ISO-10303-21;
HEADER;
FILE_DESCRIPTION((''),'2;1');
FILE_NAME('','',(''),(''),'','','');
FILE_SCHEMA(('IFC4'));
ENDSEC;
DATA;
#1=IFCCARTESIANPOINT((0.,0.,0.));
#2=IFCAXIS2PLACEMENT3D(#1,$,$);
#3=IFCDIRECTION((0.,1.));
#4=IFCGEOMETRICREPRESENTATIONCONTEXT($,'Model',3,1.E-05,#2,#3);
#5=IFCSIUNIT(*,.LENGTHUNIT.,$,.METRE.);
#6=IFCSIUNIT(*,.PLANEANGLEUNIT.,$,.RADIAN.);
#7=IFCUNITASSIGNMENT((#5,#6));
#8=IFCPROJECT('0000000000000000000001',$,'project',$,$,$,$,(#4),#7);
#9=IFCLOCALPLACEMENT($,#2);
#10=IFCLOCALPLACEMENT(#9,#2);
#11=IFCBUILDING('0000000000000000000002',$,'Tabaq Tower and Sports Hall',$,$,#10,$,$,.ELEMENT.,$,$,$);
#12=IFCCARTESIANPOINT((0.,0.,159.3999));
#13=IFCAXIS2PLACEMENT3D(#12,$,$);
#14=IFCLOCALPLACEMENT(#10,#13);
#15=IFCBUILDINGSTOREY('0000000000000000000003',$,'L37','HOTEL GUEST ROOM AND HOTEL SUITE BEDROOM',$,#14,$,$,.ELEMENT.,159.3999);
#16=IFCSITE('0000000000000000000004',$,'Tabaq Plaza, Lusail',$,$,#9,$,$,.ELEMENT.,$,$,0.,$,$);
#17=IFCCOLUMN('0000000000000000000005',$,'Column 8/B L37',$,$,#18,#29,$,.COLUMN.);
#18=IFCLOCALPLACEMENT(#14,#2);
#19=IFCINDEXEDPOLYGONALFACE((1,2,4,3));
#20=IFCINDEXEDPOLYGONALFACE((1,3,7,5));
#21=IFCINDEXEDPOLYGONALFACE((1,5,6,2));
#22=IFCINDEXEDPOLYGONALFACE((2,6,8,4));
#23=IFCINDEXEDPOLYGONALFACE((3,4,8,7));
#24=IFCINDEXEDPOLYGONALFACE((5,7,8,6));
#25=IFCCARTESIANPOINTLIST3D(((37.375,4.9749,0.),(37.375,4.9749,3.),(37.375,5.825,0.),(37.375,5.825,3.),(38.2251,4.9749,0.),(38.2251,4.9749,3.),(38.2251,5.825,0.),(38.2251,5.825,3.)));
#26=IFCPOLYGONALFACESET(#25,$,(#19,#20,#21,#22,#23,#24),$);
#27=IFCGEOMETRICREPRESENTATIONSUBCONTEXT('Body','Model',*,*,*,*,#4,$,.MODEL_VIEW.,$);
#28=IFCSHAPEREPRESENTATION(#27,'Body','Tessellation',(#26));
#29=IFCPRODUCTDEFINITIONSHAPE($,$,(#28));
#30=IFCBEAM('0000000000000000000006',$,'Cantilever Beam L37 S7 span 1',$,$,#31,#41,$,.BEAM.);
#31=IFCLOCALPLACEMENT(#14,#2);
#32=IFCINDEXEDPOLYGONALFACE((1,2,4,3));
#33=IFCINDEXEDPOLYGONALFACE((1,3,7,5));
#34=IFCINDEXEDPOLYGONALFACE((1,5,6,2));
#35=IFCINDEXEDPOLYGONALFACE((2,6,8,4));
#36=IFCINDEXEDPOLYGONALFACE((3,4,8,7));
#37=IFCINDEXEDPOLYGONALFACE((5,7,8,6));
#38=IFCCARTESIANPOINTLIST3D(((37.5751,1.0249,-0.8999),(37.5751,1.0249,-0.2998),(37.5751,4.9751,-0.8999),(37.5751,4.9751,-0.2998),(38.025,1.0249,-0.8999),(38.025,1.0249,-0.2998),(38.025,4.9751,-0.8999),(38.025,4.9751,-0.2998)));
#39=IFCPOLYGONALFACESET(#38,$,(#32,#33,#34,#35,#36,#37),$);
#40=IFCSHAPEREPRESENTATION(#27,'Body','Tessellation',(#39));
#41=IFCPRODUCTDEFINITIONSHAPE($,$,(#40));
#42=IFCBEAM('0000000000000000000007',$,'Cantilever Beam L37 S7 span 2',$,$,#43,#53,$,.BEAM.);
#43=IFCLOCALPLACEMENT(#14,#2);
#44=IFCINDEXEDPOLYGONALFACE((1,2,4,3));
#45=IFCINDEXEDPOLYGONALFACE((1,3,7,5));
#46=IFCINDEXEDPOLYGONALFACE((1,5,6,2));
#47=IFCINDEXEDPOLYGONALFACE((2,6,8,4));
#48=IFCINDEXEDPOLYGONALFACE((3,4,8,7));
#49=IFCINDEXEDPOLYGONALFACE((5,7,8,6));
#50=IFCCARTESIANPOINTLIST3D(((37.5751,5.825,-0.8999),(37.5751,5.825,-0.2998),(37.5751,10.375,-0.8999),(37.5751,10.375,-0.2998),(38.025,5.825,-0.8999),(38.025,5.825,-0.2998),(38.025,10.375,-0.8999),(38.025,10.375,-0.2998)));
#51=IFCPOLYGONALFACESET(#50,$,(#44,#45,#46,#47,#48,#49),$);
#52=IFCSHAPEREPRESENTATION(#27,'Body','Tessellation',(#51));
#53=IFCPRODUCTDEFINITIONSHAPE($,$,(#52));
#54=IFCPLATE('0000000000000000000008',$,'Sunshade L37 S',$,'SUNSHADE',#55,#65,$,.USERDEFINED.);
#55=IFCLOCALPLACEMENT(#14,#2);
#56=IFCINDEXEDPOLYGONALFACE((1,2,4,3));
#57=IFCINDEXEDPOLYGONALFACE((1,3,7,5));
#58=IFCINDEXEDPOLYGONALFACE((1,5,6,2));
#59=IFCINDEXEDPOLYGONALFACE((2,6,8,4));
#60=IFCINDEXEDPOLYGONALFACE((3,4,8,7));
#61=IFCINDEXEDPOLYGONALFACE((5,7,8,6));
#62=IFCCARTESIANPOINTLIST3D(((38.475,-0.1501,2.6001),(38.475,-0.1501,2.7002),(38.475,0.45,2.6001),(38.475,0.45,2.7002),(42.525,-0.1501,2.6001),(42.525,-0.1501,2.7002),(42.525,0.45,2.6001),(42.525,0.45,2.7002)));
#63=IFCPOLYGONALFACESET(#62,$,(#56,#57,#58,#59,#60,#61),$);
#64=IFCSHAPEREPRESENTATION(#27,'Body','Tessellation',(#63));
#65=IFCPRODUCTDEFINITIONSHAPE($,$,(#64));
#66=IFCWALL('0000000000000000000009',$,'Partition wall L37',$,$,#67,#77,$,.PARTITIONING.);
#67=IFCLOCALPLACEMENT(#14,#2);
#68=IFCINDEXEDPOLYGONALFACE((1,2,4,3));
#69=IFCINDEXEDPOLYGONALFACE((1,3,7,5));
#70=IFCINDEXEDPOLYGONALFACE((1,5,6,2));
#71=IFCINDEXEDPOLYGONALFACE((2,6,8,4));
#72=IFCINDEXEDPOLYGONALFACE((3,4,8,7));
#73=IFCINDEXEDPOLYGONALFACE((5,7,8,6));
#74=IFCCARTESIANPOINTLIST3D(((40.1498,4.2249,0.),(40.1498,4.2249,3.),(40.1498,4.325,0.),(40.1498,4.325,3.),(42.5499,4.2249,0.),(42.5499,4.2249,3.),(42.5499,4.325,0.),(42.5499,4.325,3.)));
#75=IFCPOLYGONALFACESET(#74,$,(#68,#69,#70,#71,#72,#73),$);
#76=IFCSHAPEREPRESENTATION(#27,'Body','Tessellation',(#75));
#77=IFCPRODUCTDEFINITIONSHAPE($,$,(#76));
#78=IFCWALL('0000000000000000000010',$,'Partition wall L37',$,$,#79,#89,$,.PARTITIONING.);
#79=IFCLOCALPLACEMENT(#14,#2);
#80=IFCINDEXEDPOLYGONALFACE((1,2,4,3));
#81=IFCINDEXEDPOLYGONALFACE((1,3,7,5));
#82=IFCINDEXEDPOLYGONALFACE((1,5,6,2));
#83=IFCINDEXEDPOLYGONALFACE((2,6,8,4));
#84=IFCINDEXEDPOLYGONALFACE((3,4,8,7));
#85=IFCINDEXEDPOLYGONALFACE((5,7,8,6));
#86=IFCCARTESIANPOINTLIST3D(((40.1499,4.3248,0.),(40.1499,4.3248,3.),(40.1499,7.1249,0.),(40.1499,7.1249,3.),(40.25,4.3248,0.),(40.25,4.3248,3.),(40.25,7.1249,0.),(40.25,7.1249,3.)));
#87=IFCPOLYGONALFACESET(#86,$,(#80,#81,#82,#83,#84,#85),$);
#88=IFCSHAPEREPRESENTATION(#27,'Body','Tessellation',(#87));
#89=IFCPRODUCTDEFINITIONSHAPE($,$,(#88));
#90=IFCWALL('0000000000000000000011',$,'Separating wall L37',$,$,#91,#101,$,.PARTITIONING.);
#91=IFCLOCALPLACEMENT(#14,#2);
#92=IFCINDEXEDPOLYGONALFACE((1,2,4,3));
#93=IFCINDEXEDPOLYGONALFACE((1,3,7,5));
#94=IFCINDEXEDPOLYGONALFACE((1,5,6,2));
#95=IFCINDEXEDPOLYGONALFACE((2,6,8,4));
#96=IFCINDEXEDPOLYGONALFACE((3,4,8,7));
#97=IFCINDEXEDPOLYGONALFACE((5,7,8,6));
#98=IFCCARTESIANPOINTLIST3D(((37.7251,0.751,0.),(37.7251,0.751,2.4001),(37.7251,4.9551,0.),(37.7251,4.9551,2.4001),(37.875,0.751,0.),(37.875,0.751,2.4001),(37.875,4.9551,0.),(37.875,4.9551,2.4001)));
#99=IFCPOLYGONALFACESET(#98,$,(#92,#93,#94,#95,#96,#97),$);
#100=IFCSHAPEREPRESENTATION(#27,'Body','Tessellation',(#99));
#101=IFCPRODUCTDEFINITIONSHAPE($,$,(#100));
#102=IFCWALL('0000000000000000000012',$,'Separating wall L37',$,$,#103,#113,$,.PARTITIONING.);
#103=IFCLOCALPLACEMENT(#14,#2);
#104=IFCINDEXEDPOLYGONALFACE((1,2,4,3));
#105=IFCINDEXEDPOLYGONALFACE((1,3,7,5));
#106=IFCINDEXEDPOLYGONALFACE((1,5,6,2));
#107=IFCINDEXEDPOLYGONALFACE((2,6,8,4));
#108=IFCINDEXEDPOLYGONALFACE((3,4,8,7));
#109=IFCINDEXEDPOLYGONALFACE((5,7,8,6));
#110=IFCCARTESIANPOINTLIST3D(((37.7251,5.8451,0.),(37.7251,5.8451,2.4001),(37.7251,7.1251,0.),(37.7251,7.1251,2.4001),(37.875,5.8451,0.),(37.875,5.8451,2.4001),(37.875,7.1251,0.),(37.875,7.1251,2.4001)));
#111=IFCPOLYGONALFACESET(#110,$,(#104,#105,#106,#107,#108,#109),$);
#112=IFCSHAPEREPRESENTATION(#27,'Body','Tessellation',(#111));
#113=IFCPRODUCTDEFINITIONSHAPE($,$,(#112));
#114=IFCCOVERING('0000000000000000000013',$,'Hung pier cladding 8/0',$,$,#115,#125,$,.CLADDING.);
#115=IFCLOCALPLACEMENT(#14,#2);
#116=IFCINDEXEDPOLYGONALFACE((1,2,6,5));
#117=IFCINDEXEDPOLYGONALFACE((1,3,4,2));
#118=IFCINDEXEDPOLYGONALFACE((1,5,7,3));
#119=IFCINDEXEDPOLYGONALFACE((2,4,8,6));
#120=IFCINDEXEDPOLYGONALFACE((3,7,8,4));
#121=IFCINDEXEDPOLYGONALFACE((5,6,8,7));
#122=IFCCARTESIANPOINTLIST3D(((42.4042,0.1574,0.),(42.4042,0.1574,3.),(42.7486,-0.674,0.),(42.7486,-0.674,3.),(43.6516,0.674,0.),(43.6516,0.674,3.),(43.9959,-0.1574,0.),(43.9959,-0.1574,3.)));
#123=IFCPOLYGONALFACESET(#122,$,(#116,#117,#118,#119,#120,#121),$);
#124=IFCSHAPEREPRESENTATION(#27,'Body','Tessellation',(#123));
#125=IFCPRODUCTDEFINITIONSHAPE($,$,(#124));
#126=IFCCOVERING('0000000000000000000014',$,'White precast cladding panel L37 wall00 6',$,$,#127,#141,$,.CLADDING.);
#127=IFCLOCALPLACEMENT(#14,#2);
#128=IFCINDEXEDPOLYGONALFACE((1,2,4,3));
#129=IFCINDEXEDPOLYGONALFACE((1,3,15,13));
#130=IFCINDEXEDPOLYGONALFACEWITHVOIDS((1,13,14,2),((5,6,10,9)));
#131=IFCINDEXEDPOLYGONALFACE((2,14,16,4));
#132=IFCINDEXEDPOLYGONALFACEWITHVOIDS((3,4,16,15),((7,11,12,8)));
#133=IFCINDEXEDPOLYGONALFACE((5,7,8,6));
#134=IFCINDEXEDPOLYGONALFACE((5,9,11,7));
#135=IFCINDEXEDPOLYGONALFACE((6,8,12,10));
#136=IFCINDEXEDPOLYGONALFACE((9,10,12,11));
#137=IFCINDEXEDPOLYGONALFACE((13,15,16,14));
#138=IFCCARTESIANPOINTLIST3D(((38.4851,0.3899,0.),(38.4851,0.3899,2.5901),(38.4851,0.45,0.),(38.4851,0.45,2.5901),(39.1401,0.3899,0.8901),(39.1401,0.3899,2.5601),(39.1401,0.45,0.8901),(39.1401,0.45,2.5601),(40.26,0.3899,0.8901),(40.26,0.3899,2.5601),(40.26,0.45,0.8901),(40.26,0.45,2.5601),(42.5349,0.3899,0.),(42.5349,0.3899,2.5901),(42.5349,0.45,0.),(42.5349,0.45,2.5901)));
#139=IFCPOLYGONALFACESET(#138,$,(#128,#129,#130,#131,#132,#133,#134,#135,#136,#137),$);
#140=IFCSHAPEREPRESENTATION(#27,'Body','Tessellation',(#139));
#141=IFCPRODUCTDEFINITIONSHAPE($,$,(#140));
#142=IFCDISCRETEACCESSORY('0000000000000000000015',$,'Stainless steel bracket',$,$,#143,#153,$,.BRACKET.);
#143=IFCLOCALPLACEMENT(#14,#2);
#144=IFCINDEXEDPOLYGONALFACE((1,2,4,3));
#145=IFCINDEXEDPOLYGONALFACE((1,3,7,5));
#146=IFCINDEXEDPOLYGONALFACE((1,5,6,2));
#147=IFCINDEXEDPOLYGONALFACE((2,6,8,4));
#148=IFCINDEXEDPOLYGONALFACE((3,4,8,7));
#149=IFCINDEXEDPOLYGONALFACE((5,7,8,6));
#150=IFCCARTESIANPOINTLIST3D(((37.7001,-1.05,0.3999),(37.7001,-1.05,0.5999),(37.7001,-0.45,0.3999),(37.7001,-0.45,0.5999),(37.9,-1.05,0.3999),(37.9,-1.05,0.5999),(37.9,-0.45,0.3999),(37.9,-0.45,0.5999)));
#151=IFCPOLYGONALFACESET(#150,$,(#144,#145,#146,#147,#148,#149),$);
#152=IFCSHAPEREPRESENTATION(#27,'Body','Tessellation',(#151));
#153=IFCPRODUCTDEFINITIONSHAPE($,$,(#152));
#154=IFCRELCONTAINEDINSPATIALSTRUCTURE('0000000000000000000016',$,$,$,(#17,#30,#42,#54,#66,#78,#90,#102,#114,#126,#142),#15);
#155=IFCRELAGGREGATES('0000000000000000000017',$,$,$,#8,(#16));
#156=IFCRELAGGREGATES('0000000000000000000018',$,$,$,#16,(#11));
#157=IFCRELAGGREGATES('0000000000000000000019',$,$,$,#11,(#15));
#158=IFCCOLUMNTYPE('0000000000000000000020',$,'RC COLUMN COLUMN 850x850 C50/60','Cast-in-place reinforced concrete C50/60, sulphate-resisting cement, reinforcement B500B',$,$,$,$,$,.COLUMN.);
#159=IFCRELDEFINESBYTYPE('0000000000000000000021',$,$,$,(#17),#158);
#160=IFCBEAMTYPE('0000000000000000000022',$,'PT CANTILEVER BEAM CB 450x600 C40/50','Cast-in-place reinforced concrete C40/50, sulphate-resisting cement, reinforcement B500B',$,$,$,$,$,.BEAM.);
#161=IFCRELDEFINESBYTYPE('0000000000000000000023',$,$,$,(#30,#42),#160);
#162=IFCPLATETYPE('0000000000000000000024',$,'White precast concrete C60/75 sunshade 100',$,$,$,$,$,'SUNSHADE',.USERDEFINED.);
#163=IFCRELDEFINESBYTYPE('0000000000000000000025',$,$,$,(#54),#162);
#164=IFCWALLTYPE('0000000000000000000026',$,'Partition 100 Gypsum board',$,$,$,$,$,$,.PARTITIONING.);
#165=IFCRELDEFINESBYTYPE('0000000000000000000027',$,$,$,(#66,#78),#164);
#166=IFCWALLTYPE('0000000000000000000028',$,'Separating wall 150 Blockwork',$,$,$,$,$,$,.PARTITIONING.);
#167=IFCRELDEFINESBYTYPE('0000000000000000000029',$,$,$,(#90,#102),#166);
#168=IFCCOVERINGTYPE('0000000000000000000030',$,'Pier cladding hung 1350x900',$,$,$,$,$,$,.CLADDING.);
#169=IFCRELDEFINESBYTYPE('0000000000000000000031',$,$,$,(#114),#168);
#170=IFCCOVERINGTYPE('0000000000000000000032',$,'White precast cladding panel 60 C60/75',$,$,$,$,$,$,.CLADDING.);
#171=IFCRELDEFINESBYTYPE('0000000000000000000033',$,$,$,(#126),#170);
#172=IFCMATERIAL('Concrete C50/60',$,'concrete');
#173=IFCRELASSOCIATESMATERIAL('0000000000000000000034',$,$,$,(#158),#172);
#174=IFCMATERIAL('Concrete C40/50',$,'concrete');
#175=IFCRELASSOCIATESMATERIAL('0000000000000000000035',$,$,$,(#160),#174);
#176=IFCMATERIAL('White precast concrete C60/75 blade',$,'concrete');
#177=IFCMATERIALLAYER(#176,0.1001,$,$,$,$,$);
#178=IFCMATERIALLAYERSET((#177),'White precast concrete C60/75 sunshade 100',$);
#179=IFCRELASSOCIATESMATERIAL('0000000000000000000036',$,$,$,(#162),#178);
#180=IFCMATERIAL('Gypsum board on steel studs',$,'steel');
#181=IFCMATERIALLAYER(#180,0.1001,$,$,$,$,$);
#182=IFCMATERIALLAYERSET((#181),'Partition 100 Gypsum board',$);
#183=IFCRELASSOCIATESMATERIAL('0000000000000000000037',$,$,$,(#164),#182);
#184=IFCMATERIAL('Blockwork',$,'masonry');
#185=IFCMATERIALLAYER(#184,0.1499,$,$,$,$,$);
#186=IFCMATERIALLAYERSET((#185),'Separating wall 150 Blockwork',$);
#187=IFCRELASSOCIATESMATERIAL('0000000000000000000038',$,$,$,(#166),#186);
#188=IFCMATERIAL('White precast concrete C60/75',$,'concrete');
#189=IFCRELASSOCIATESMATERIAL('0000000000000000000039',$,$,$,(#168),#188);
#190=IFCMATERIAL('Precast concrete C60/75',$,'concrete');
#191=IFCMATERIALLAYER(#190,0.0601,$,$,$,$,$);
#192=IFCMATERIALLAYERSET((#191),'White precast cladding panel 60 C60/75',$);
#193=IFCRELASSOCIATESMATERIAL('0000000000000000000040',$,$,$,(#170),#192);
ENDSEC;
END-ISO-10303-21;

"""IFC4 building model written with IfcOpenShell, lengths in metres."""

from ifc_helpers import new_model, si_unit, direction, frame, frame_2d, origin, origin_2d, place, context, subcontext, project, spatial, polyline, rectangle, outline, extrude, material, layer, layer_set, material_profile, profile_set, type_object, element, save


model = new_model("IFC4")

# Units and contexts
model_context = context("Model", 3, precision=1e-05, world=origin(), true_north=direction((0.0, 1.0)))
body_context = subcontext(model_context, "Body", "Model", "MODEL_VIEW")
ifc_project = project(units=[si_unit("LENGTHUNIT", "METRE"), si_unit("PLANEANGLEUNIT", "RADIAN")], contexts=[model_context])

# Site, building, storey
site_placement = place(None, origin())
site = spatial("IfcSite", under=ifc_project, at=site_placement, Name="Tabaq Plaza, Lusail", CompositionType="ELEMENT", RefElevation=0.0)
building_placement = place(site_placement, origin())
building = spatial("IfcBuilding", under=site, at=building_placement, Name="Tabaq Tower and Sports Hall", CompositionType="ELEMENT")
storey_placement = place(building_placement, frame((0.0, 0.0, 159.3999)))
storey = spatial("IfcBuildingStorey", under=building, at=storey_placement, Name="L37", Description="HOTEL GUEST ROOM AND HOTEL SUITE BEDROOM", CompositionType="ELEMENT", Elevation=159.3999)

# Column
ifc_material_1 = material(Name="Concrete C50/60", Category="concrete")
ifc_material_profile_1 = material_profile(ifc_material_1, rectangle(XDim=0.8501, YDim=0.8501, at=origin_2d()), Name="COLUMN 850x850")
ifc_profile_set_1 = profile_set([ifc_material_profile_1], Name="Concrete C50/60")
column_type = type_object("IfcColumnType", Name="RC COLUMN COLUMN 850x850 C50/60", Description="Cast-in-place reinforced concrete C50/60, sulphate-resisting cement, reinforcement B500B", PredefinedType="COLUMN", material=ifc_profile_set_1)
column_placement = place(storey_placement, frame((37.8, 5.3999, 0.0), z_axis=(0.0, 0.0, 1.0), x_axis=(1.0, 0.0, 0.0)))
element("IfcColumn", 1, at=column_placement, inside=storey, type_object=column_type, Name="Column 8/B L37", PredefinedType="COLUMN", context=body_context, shape_type="SweptSolid", body=[
    extrude(rectangle(XDim=0.8501, YDim=0.8501, at=origin_2d()), origin(), (0.0, 0.0, 1.0), 3.0),
])

# Beams
ifc_material_2 = material(Name="Concrete C40/50", Category="concrete")
ifc_material_profile_2 = material_profile(ifc_material_2, rectangle(XDim=0.45, YDim=0.6001, at=origin_2d()), Name="CB 450x600")
ifc_profile_set_2 = profile_set([ifc_material_profile_2], Name="Concrete C40/50")
beam_type = type_object("IfcBeamType", Name="PT CANTILEVER BEAM CB 450x600 C40/50", Description="Cast-in-place reinforced concrete C40/50, sulphate-resisting cement, reinforcement B500B", PredefinedType="BEAM", material=ifc_profile_set_2)
beam_1_placement = place(storey_placement, frame((37.8, 1.0249, -0.5999), z_axis=(0.0, 1.0, 0.0), x_axis=(-1.0, 0.0, 0.0)))
element("IfcBeam", 2, at=beam_1_placement, inside=storey, type_object=beam_type, Name="Cantilever Beam L37 S7 span 1", PredefinedType="BEAM", context=body_context, shape_type="SweptSolid", body=[
    extrude(rectangle(XDim=0.45, YDim=0.6001, at=origin_2d()), origin(), (0.0, 0.0, 1.0), 3.9502),
])
beam_2_placement = place(storey_placement, frame((37.8, 5.825, -0.5999), z_axis=(0.0, 1.0, 0.0), x_axis=(-1.0, 0.0, 0.0)))
element("IfcBeam", 3, at=beam_2_placement, inside=storey, type_object=beam_type, Name="Cantilever Beam L37 S7 span 2", PredefinedType="BEAM", context=body_context, shape_type="SweptSolid", body=[
    extrude(rectangle(XDim=0.45, YDim=0.6001, at=origin_2d()), origin(), (0.0, 0.0, 1.0), 4.55),
])

# Plate
ifc_material_3 = material(Name="White precast concrete C60/75 blade", Category="concrete")
ifc_layer_1 = layer(ifc_material_3, 0.1001)
ifc_layer_set_1 = layer_set([ifc_layer_1], Name="White precast concrete C60/75 sunshade 100")
plate_type = type_object("IfcPlateType", Name="White precast concrete C60/75 sunshade 100", ElementType="SUNSHADE", PredefinedType="USERDEFINED", material=ifc_layer_set_1)
plate_placement = place(storey_placement, frame((40.5, 0.1499, 2.6001), z_axis=(0.0, 0.0, 1.0), x_axis=(1.0, 0.0, 0.0)))
element("IfcPlate", 4, at=plate_placement, inside=storey, type_object=plate_type, Name="Sunshade L37 S", ObjectType="SUNSHADE", PredefinedType="USERDEFINED", context=body_context, shape_type="SweptSolid", body=[
    extrude(rectangle(XDim=4.05, YDim=0.6001, at=origin_2d()), origin(), (0.0, 0.0, 1.0), 0.1001),
])

# Walls
ifc_material_4 = material(Name="Gypsum board on steel studs", Category="steel")
ifc_layer_2 = layer(ifc_material_4, 0.1001)
ifc_layer_set_2 = layer_set([ifc_layer_2], Name="Partition 100 Gypsum board")
wall_type_1 = type_object("IfcWallType", Name="Partition 100 Gypsum board", PredefinedType="PARTITIONING", material=ifc_layer_set_2)
wall_1_placement = place(storey_placement, frame((42.55, 4.2749, 0.0), z_axis=(0.0, 0.0, 1.0), x_axis=(-1.0, 0.0, 0.0)))
element("IfcWall", 5, at=wall_1_placement, inside=storey, type_object=wall_type_1, Name="Partition wall L37", PredefinedType="PARTITIONING", context=body_context, shape_type="SweptSolid", body=[
    extrude(rectangle(XDim=2.4001, YDim=0.1001, at=frame_2d((1.2002, 0.0))), origin(), (0.0, 0.0, 1.0), 3.0),
])
wall_2_placement = place(storey_placement, frame((40.2, 4.325, 0.0), z_axis=(0.0, 0.0, 1.0), x_axis=(0.0, 1.0, 0.0)))
element("IfcWall", 6, at=wall_2_placement, inside=storey, type_object=wall_type_1, Name="Partition wall L37", PredefinedType="PARTITIONING", context=body_context, shape_type="SweptSolid", body=[
    extrude(rectangle(XDim=2.8, YDim=0.1001, at=frame_2d((1.3999, 0.0))), origin(), (0.0, 0.0, 1.0), 3.0),
])
ifc_material_5 = material(Name="Blockwork", Category="masonry")
ifc_layer_3 = layer(ifc_material_5, 0.1499)
ifc_layer_set_3 = layer_set([ifc_layer_3], Name="Separating wall 150 Blockwork")
wall_type_2 = type_object("IfcWallType", Name="Separating wall 150 Blockwork", PredefinedType="PARTITIONING", material=ifc_layer_set_3)
wall_3_placement = place(storey_placement, frame((37.8, 0.751, 0.0), z_axis=(0.0, 0.0, 1.0), x_axis=(0.0, 1.0, 0.0)))
element("IfcWall", 7, at=wall_3_placement, inside=storey, type_object=wall_type_2, Name="Separating wall L37", PredefinedType="PARTITIONING", context=body_context, shape_type="SweptSolid", body=[
    extrude(rectangle(XDim=4.2041, YDim=0.1499, at=frame_2d((2.1021, 0.0))), origin(), (0.0, 0.0, 1.0), 2.4001),
])
wall_4_placement = place(storey_placement, frame((37.8, 5.845, 0.0), z_axis=(0.0, 0.0, 1.0), x_axis=(0.0, 1.0, 0.0)))
element("IfcWall", 8, at=wall_4_placement, inside=storey, type_object=wall_type_2, Name="Separating wall L37", PredefinedType="PARTITIONING", context=body_context, shape_type="SweptSolid", body=[
    extrude(rectangle(XDim=1.28, YDim=0.1499, at=frame_2d((0.6401, 0.0))), origin(), (0.0, 0.0, 1.0), 2.4001),
])

# Coverings
ifc_material_6 = material(Name="White precast concrete C60/75", Category="concrete")
covering_type_1 = type_object("IfcCoveringType", Name="Pier cladding hung 1350x900", PredefinedType="CLADDING", material=ifc_material_6)
covering_1_placement = place(storey_placement, frame((42.5764, -0.2583, 0.0), z_axis=(0.0, 0.0, 1.0), x_axis=(0.923893, 0.38265, 0.0)))
element("IfcCovering", 9, at=covering_1_placement, inside=storey, type_object=covering_type_1, Name="Hung pier cladding 8/0", PredefinedType="CLADDING", context=body_context, shape_type="SweptSolid", body=[
    extrude(rectangle(XDim=1.3501, YDim=0.8999, at=frame_2d((0.675, 0.0))), origin(), (0.0, 0.0, 1.0), 3.0),
])
ifc_material_7 = material(Name="Precast concrete C60/75", Category="concrete")
ifc_layer_4 = layer(ifc_material_7, 0.0601)
ifc_layer_set_4 = layer_set([ifc_layer_4], Name="White precast cladding panel 60 C60/75")
covering_type_2 = type_object("IfcCoveringType", Name="White precast cladding panel 60 C60/75", PredefinedType="CLADDING", material=ifc_layer_set_4)
covering_2_placement = place(storey_placement, frame((38.4851, 0.4199, 0.0), z_axis=(0.0, 0.0, 1.0), x_axis=(1.0, 0.0, 0.0)))
element("IfcCovering", 10, at=covering_2_placement, inside=storey, type_object=covering_type_2, Name="White precast cladding panel L37 wall00 6", PredefinedType="CLADDING", context=body_context, shape_type="SweptSolid", body=[
    extrude(outline(polyline([(0.0, 0.0), (4.0498, 0.0), (4.0498, 2.5901), (0.0, 2.5901), (0.0, 0.0)]), holes=[polyline([(1.7749, 0.8901), (0.655, 0.8901), (0.655, 2.5601), (1.7749, 2.5601), (1.7749, 0.8901)])]), frame((0.0, 0.03, 0.0), z_axis=(0.0, -1.0, 0.0), x_axis=(1.0, 0.0, 0.0)), (0.0, 0.0, 1.0), 0.0601),
])

# Discrete accessory
discrete_accessory_placement = place(storey_placement, frame((37.8, -0.75, 0.3999), z_axis=(0.0, 0.0, 1.0), x_axis=(0.0, -1.0, 0.0)))
element("IfcDiscreteAccessory", 11, at=discrete_accessory_placement, inside=storey, Name="Stainless steel bracket", PredefinedType="BRACKET", context=body_context, shape_type="SweptSolid", body=[
    extrude(rectangle(XDim=0.6001, YDim=0.2, at=origin_2d()), origin(), (0.0, 0.0, 1.0), 0.2),
])

save(model, "model.ifc")
